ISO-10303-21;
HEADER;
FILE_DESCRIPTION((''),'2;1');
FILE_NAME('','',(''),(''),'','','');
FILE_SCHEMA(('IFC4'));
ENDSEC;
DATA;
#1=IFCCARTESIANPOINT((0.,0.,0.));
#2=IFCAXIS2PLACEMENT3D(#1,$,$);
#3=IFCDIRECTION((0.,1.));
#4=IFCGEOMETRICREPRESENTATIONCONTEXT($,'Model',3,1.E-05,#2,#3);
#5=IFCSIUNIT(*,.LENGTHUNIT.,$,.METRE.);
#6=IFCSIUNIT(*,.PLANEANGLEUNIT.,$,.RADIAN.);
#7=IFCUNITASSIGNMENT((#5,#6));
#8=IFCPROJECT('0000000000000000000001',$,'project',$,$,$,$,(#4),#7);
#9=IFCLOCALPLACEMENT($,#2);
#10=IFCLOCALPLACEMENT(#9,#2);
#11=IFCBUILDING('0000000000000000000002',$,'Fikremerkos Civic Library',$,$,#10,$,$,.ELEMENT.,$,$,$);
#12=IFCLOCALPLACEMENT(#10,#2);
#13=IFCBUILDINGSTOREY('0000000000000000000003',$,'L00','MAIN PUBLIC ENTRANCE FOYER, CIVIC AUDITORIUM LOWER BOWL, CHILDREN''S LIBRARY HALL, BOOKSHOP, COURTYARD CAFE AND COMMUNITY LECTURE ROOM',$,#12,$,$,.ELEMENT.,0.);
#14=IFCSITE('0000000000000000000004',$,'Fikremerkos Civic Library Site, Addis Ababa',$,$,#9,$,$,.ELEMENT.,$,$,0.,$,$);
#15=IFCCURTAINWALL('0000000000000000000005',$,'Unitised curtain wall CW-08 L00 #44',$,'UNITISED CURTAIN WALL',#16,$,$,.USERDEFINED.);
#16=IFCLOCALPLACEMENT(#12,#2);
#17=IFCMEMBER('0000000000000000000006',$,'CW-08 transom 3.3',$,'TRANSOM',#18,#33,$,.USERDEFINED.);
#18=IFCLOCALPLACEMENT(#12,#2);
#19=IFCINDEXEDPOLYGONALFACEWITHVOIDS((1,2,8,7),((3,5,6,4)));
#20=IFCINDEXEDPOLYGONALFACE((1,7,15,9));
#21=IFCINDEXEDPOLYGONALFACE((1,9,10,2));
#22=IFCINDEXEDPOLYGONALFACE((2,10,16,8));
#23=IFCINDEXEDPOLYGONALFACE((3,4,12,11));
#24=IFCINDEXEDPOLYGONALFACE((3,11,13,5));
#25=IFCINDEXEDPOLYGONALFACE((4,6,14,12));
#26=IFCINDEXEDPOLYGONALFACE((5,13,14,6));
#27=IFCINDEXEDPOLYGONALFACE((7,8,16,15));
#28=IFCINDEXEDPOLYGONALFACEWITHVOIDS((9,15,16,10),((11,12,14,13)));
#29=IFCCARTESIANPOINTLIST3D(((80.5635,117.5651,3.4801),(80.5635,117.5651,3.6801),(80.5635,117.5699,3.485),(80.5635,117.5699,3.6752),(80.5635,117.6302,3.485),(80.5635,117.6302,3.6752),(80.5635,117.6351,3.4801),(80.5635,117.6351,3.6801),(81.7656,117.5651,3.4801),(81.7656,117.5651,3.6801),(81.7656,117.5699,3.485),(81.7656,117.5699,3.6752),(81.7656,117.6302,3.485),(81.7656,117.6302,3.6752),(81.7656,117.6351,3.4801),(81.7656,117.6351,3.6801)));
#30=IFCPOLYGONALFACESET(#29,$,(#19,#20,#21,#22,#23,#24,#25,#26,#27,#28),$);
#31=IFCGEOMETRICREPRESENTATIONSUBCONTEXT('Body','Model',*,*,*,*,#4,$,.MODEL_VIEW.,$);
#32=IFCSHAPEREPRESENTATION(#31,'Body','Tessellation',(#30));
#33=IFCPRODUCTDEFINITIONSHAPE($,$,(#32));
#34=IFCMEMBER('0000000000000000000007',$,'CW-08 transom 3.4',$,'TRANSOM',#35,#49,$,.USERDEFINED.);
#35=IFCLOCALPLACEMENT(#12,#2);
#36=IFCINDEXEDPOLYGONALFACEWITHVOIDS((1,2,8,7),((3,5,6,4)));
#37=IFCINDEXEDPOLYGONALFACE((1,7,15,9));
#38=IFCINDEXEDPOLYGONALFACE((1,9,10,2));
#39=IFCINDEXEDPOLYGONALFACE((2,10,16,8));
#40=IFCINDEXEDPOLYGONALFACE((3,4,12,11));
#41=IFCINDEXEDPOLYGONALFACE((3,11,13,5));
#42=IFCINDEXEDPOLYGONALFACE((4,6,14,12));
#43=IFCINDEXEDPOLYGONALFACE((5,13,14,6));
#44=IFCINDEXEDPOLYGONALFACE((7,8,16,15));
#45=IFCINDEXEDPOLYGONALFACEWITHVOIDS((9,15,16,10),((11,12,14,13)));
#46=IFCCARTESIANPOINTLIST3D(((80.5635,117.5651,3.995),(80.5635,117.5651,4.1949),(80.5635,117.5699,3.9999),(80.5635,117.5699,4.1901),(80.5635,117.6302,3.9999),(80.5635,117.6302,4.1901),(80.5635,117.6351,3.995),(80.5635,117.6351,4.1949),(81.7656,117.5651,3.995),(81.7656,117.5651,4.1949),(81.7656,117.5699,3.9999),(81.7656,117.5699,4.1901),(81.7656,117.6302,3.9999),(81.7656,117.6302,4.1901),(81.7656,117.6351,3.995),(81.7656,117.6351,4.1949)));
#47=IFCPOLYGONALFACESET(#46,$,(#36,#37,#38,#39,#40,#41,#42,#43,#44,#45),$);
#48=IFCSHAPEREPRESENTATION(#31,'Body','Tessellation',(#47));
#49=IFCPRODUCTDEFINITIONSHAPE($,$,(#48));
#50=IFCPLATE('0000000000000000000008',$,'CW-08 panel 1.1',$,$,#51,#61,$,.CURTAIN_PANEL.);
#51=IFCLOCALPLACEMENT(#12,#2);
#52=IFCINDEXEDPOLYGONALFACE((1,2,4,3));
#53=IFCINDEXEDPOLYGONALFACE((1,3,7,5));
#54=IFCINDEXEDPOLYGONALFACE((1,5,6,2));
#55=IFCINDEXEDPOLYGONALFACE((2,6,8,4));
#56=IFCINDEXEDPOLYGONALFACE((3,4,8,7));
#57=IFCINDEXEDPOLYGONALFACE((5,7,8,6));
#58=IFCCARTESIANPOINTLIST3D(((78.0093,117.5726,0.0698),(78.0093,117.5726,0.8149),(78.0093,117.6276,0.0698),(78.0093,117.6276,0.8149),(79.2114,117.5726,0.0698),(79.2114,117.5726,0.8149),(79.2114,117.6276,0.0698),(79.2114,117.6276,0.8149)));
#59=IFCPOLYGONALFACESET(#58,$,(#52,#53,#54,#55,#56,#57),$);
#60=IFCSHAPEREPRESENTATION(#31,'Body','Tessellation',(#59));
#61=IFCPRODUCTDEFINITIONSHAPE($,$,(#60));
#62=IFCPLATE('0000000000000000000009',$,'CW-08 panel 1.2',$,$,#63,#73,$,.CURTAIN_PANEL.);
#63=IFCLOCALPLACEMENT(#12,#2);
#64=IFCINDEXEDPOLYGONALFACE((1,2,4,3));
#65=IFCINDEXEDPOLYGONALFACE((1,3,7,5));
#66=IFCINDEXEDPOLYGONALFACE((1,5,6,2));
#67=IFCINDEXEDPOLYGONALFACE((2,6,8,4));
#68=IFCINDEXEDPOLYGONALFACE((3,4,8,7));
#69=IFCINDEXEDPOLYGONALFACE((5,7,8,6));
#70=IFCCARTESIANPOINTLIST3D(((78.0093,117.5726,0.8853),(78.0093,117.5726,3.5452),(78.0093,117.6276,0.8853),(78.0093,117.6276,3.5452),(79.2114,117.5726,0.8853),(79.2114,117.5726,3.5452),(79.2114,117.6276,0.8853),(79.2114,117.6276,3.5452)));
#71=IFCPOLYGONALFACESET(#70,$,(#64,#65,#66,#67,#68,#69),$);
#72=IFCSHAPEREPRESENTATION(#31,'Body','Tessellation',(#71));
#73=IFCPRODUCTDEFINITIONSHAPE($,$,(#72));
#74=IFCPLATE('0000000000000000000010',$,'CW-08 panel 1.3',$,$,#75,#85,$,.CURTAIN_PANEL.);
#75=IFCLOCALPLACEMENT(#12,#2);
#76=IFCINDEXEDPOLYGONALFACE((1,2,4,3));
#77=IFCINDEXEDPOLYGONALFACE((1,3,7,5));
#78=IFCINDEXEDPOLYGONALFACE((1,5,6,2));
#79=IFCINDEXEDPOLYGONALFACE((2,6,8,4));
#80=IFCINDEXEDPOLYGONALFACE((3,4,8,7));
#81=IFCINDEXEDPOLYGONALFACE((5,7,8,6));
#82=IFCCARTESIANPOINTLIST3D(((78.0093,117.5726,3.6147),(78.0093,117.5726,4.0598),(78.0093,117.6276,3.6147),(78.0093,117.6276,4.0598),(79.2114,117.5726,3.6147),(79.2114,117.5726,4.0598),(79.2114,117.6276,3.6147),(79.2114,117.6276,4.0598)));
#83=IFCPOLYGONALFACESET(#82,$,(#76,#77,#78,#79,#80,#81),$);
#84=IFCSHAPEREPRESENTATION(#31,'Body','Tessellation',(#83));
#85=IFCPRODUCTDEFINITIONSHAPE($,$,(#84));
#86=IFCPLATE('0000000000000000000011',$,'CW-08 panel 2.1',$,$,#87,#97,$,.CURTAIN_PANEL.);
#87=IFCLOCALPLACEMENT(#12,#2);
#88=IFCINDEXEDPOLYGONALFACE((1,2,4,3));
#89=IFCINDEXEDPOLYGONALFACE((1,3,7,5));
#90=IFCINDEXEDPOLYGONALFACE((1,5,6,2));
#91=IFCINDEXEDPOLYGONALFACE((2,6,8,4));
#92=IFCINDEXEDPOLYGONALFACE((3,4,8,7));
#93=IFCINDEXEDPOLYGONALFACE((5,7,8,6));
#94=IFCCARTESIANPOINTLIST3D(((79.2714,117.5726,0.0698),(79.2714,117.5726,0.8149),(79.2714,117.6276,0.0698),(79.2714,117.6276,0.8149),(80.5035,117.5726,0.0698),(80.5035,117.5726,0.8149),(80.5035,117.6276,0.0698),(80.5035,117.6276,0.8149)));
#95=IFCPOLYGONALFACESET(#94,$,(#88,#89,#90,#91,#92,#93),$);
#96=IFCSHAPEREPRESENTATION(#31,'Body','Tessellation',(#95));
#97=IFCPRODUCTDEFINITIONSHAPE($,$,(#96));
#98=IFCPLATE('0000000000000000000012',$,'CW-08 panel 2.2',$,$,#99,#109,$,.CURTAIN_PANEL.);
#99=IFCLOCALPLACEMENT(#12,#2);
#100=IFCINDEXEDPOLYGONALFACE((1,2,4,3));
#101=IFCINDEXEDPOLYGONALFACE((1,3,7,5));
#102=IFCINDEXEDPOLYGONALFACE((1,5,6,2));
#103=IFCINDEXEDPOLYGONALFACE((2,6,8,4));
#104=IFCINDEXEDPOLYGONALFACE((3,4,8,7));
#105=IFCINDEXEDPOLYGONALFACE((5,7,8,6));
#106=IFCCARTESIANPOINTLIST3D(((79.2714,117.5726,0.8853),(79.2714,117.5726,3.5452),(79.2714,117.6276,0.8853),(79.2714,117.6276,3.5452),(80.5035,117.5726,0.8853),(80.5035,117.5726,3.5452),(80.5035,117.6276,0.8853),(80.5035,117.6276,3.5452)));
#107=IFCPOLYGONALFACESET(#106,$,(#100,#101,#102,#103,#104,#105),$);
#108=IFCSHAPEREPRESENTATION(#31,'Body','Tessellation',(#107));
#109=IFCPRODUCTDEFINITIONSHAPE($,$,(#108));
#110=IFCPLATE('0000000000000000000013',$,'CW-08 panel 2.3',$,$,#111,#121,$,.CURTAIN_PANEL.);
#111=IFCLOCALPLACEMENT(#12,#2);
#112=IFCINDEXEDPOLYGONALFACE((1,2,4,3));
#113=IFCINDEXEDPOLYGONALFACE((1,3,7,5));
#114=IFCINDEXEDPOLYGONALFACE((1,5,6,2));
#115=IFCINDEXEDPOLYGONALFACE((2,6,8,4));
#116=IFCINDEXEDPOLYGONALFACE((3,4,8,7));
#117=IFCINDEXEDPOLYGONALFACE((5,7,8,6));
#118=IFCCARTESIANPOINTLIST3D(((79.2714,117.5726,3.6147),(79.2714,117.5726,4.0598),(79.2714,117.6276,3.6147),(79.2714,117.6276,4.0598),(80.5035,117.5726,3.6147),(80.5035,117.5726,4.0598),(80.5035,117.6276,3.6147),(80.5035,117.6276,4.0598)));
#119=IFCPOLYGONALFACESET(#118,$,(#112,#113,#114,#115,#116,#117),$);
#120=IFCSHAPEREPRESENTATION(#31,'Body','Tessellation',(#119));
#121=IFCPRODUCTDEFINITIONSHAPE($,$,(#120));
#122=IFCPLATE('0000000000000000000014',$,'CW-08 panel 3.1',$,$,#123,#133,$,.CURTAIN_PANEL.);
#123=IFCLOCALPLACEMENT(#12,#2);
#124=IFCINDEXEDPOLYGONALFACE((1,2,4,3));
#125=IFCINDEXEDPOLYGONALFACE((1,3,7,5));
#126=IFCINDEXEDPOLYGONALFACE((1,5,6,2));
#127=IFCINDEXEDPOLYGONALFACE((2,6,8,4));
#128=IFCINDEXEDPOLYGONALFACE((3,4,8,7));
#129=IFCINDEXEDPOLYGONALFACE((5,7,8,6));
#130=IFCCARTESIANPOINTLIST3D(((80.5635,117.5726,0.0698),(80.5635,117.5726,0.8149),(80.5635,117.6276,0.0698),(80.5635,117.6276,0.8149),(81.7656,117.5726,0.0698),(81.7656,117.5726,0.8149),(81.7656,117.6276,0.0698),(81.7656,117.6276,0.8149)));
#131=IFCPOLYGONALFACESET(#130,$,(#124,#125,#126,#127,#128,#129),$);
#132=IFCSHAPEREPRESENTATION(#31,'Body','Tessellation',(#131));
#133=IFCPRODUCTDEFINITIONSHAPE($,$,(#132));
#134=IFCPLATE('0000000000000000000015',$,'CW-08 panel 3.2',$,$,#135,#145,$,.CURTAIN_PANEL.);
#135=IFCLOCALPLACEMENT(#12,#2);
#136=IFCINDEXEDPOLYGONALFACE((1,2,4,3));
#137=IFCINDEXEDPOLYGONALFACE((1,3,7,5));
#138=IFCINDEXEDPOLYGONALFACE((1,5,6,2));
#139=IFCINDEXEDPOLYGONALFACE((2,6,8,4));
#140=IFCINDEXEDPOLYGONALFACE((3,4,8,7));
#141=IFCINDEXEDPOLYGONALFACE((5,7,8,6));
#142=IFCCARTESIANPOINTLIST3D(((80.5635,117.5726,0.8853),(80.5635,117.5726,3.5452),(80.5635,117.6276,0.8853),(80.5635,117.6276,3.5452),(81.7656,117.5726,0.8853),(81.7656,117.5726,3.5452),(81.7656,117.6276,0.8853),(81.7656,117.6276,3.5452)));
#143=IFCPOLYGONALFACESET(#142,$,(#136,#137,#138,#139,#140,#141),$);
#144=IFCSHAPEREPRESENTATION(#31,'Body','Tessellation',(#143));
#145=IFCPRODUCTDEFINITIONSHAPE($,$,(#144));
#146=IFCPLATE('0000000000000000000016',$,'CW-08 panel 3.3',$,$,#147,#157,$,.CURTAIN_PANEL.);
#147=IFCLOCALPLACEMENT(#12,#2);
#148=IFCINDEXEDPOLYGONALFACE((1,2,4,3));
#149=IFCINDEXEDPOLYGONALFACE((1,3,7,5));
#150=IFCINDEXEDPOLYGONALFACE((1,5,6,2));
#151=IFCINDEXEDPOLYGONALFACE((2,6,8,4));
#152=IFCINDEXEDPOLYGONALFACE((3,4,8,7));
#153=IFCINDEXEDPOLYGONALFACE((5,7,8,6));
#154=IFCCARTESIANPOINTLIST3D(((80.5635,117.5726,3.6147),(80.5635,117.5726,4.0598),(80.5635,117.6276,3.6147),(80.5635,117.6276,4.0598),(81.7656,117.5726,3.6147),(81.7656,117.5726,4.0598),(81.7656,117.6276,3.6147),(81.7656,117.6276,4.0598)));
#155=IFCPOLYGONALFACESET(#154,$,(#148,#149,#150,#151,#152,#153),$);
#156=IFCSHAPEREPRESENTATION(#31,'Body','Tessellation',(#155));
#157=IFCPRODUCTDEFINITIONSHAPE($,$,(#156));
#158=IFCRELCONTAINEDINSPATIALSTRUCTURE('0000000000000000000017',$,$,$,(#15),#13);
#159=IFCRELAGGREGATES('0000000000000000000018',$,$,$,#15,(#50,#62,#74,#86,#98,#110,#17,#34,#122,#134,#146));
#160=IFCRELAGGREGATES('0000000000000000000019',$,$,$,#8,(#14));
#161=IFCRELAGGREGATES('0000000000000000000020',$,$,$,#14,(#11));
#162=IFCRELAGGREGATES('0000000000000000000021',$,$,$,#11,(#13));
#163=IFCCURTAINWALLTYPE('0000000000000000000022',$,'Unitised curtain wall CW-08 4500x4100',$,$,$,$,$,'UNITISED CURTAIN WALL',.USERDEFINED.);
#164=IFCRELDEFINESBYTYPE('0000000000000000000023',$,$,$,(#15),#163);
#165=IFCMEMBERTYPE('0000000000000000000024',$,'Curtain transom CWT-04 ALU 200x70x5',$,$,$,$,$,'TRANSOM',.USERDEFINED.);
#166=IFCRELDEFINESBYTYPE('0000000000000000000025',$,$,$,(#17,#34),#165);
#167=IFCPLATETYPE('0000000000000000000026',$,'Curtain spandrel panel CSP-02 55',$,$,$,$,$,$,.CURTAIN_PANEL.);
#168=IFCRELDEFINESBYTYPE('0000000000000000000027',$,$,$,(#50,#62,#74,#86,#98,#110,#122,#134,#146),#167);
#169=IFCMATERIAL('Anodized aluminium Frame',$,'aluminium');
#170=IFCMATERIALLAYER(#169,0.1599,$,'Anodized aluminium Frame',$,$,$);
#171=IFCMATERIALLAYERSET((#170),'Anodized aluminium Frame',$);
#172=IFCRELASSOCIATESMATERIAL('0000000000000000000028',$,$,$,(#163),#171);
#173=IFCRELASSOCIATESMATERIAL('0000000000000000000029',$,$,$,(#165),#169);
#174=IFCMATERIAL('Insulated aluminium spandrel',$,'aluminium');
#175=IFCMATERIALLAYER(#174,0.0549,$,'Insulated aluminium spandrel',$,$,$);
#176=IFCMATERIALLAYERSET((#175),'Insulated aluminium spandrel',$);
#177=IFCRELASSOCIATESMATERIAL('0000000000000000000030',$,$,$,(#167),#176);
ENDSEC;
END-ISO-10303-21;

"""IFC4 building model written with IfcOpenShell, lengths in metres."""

from ifc_helpers import new_model, si_unit, direction, frame, origin, origin_2d, place, context, subcontext, project, spatial, rectangle, hollow_rectangle, extrude, material, layer, layer_set, material_profile, profile_set, type_object, element, aggregate, save


model = new_model("IFC4")

# Units and contexts
model_context = context("Model", 3, precision=1e-05, world=origin(), true_north=direction((0.0, 1.0)))
body_context = subcontext(model_context, "Body", "Model", "MODEL_VIEW")
ifc_project = project(units=[si_unit("LENGTHUNIT", "METRE"), si_unit("PLANEANGLEUNIT", "RADIAN")], contexts=[model_context])

# Site, building, storey
site_placement = place(None, origin())
site = spatial("IfcSite", under=ifc_project, at=site_placement, Name="Fikremerkos Civic Library Site, Addis Ababa", CompositionType="ELEMENT", RefElevation=0.0)
building_placement = place(site_placement, origin())
building = spatial("IfcBuilding", under=site, at=building_placement, Name="Fikremerkos Civic Library", CompositionType="ELEMENT")
storey_placement = place(building_placement, origin())
storey = spatial("IfcBuildingStorey", under=building, at=storey_placement, Name="L00", Description="MAIN PUBLIC ENTRANCE FOYER, CIVIC AUDITORIUM LOWER BOWL, CHILDREN'S LIBRARY HALL, BOOKSHOP, COURTYARD CAFE AND COMMUNITY LECTURE ROOM", CompositionType="ELEMENT", Elevation=0.0)

# Curtain wall, members, plates
ifc_material_1 = material(Name="Anodized aluminium Frame", Category="aluminium")
ifc_layer_1 = layer(ifc_material_1, 0.1599, Name="Anodized aluminium Frame")
ifc_layer_set_1 = layer_set([ifc_layer_1], Name="Anodized aluminium Frame")
curtain_wall_type = type_object("IfcCurtainWallType", Name="Unitised curtain wall CW-08 4500x4100", ElementType="UNITISED CURTAIN WALL", PredefinedType="USERDEFINED", material=ifc_layer_set_1)
curtain_wall_placement = place(storey_placement, origin())
curtain_wall = element("IfcCurtainWall", 1, at=curtain_wall_placement, inside=storey, type_object=curtain_wall_type, Name="Unitised curtain wall CW-08 L00 #44", ObjectType="UNITISED CURTAIN WALL", PredefinedType="USERDEFINED")
ifc_material_profile_1 = material_profile(ifc_material_1, hollow_rectangle(XDim=0.0701, YDim=0.2, WallThickness=0.0049, at=origin_2d()), Name="ALU 200x70x5")
ifc_profile_set_1 = profile_set([ifc_material_profile_1], Name="Anodized aluminium Frame")
member_type_1 = type_object("IfcMemberType", Name="Curtain transom CWT-04 ALU 200x70x5", ElementType="TRANSOM", PredefinedType="USERDEFINED", material=ifc_profile_set_1)
member_1_placement = place(storey_placement, frame((80.5635, 117.6001, 3.5801), z_axis=(1.0, 0.0, 0.0), x_axis=(0.0, 1.0, 0.0)))
member_1 = element("IfcMember", 2, at=member_1_placement, type_object=member_type_1, Name="CW-08 transom 3.3", ObjectType="TRANSOM", PredefinedType="USERDEFINED", context=body_context, shape_type="SweptSolid", body=[
    extrude(hollow_rectangle(XDim=0.0701, YDim=0.2, WallThickness=0.0049, at=origin_2d()), origin(), (0.0, 0.0, 1.0), 1.2021),
])
member_2_placement = place(storey_placement, frame((80.5635, 117.6001, 4.095), z_axis=(1.0, 0.0, 0.0), x_axis=(0.0, 1.0, 0.0)))
member_2 = element("IfcMember", 3, at=member_2_placement, type_object=member_type_1, Name="CW-08 transom 3.4", ObjectType="TRANSOM", PredefinedType="USERDEFINED", context=body_context, shape_type="SweptSolid", body=[
    extrude(hollow_rectangle(XDim=0.0701, YDim=0.2, WallThickness=0.0049, at=origin_2d()), origin(), (0.0, 0.0, 1.0), 1.2021),
])
ifc_material_2 = material(Name="Insulated aluminium spandrel", Category="aluminium")
ifc_layer_2 = layer(ifc_material_2, 0.0549, Name="Insulated aluminium spandrel")
ifc_layer_set_2 = layer_set([ifc_layer_2], Name="Insulated aluminium spandrel")
plate_type = type_object("IfcPlateType", Name="Curtain spandrel panel CSP-02 55", PredefinedType="CURTAIN_PANEL", material=ifc_layer_set_2)
plate_1_placement = place(storey_placement, frame((78.6104, 117.6001, 0.0698), z_axis=(0.0, 0.0, 1.0), x_axis=(1.0, 0.0, 0.0)))
plate_1 = element("IfcPlate", 4, at=plate_1_placement, type_object=plate_type, Name="CW-08 panel 1.1", PredefinedType="CURTAIN_PANEL", context=body_context, shape_type="SweptSolid", body=[
    extrude(rectangle(XDim=1.2021, YDim=0.0549, at=origin_2d()), origin(), (0.0, 0.0, 1.0), 0.7451),
])
plate_2_placement = place(storey_placement, frame((78.6104, 117.6001, 0.8853), z_axis=(0.0, 0.0, 1.0), x_axis=(1.0, 0.0, 0.0)))
plate_2 = element("IfcPlate", 5, at=plate_2_placement, type_object=plate_type, Name="CW-08 panel 1.2", PredefinedType="CURTAIN_PANEL", context=body_context, shape_type="SweptSolid", body=[
    extrude(rectangle(XDim=1.2021, YDim=0.0549, at=origin_2d()), origin(), (0.0, 0.0, 1.0), 2.6599),
])
plate_3_placement = place(storey_placement, frame((78.6104, 117.6001, 3.6147), z_axis=(0.0, 0.0, 1.0), x_axis=(1.0, 0.0, 0.0)))
plate_3 = element("IfcPlate", 6, at=plate_3_placement, type_object=plate_type, Name="CW-08 panel 1.3", PredefinedType="CURTAIN_PANEL", context=body_context, shape_type="SweptSolid", body=[
    extrude(rectangle(XDim=1.2021, YDim=0.0549, at=origin_2d()), origin(), (0.0, 0.0, 1.0), 0.4451),
])
plate_4_placement = place(storey_placement, frame((79.8875, 117.6001, 0.0698), z_axis=(0.0, 0.0, 1.0), x_axis=(1.0, 0.0, 0.0)))
plate_4 = element("IfcPlate", 7, at=plate_4_placement, type_object=plate_type, Name="CW-08 panel 2.1", PredefinedType="CURTAIN_PANEL", context=body_context, shape_type="SweptSolid", body=[
    extrude(rectangle(XDim=1.2322, YDim=0.0549, at=origin_2d()), origin(), (0.0, 0.0, 1.0), 0.7451),
])
plate_5_placement = place(storey_placement, frame((79.8875, 117.6001, 0.8853), z_axis=(0.0, 0.0, 1.0), x_axis=(1.0, 0.0, 0.0)))
plate_5 = element("IfcPlate", 8, at=plate_5_placement, type_object=plate_type, Name="CW-08 panel 2.2", PredefinedType="CURTAIN_PANEL", context=body_context, shape_type="SweptSolid", body=[
    extrude(rectangle(XDim=1.2322, YDim=0.0549, at=origin_2d()), origin(), (0.0, 0.0, 1.0), 2.6599),
])
plate_6_placement = place(storey_placement, frame((79.8875, 117.6001, 3.6147), z_axis=(0.0, 0.0, 1.0), x_axis=(1.0, 0.0, 0.0)))
plate_6 = element("IfcPlate", 9, at=plate_6_placement, type_object=plate_type, Name="CW-08 panel 2.3", PredefinedType="CURTAIN_PANEL", context=body_context, shape_type="SweptSolid", body=[
    extrude(rectangle(XDim=1.2322, YDim=0.0549, at=origin_2d()), origin(), (0.0, 0.0, 1.0), 0.4451),
])
plate_7_placement = place(storey_placement, frame((81.1646, 117.6001, 0.0698), z_axis=(0.0, 0.0, 1.0), x_axis=(1.0, 0.0, 0.0)))
plate_7 = element("IfcPlate", 10, at=plate_7_placement, type_object=plate_type, Name="CW-08 panel 3.1", PredefinedType="CURTAIN_PANEL", context=body_context, shape_type="SweptSolid", body=[
    extrude(rectangle(XDim=1.2021, YDim=0.0549, at=origin_2d()), origin(), (0.0, 0.0, 1.0), 0.7451),
])
plate_8_placement = place(storey_placement, frame((81.1646, 117.6001, 0.8853), z_axis=(0.0, 0.0, 1.0), x_axis=(1.0, 0.0, 0.0)))
plate_8 = element("IfcPlate", 11, at=plate_8_placement, type_object=plate_type, Name="CW-08 panel 3.2", PredefinedType="CURTAIN_PANEL", context=body_context, shape_type="SweptSolid", body=[
    extrude(rectangle(XDim=1.2021, YDim=0.0549, at=origin_2d()), origin(), (0.0, 0.0, 1.0), 2.6599),
])
plate_9_placement = place(storey_placement, frame((81.1646, 117.6001, 3.6147), z_axis=(0.0, 0.0, 1.0), x_axis=(1.0, 0.0, 0.0)))
plate_9 = element("IfcPlate", 12, at=plate_9_placement, type_object=plate_type, Name="CW-08 panel 3.3", PredefinedType="CURTAIN_PANEL", context=body_context, shape_type="SweptSolid", body=[
    extrude(rectangle(XDim=1.2021, YDim=0.0549, at=origin_2d()), origin(), (0.0, 0.0, 1.0), 0.4451),
])
aggregate(curtain_wall, [plate_1, plate_2, plate_3, plate_4, plate_5, plate_6, member_1, member_2, plate_7, plate_8, plate_9])

save(model, "model.ifc")
